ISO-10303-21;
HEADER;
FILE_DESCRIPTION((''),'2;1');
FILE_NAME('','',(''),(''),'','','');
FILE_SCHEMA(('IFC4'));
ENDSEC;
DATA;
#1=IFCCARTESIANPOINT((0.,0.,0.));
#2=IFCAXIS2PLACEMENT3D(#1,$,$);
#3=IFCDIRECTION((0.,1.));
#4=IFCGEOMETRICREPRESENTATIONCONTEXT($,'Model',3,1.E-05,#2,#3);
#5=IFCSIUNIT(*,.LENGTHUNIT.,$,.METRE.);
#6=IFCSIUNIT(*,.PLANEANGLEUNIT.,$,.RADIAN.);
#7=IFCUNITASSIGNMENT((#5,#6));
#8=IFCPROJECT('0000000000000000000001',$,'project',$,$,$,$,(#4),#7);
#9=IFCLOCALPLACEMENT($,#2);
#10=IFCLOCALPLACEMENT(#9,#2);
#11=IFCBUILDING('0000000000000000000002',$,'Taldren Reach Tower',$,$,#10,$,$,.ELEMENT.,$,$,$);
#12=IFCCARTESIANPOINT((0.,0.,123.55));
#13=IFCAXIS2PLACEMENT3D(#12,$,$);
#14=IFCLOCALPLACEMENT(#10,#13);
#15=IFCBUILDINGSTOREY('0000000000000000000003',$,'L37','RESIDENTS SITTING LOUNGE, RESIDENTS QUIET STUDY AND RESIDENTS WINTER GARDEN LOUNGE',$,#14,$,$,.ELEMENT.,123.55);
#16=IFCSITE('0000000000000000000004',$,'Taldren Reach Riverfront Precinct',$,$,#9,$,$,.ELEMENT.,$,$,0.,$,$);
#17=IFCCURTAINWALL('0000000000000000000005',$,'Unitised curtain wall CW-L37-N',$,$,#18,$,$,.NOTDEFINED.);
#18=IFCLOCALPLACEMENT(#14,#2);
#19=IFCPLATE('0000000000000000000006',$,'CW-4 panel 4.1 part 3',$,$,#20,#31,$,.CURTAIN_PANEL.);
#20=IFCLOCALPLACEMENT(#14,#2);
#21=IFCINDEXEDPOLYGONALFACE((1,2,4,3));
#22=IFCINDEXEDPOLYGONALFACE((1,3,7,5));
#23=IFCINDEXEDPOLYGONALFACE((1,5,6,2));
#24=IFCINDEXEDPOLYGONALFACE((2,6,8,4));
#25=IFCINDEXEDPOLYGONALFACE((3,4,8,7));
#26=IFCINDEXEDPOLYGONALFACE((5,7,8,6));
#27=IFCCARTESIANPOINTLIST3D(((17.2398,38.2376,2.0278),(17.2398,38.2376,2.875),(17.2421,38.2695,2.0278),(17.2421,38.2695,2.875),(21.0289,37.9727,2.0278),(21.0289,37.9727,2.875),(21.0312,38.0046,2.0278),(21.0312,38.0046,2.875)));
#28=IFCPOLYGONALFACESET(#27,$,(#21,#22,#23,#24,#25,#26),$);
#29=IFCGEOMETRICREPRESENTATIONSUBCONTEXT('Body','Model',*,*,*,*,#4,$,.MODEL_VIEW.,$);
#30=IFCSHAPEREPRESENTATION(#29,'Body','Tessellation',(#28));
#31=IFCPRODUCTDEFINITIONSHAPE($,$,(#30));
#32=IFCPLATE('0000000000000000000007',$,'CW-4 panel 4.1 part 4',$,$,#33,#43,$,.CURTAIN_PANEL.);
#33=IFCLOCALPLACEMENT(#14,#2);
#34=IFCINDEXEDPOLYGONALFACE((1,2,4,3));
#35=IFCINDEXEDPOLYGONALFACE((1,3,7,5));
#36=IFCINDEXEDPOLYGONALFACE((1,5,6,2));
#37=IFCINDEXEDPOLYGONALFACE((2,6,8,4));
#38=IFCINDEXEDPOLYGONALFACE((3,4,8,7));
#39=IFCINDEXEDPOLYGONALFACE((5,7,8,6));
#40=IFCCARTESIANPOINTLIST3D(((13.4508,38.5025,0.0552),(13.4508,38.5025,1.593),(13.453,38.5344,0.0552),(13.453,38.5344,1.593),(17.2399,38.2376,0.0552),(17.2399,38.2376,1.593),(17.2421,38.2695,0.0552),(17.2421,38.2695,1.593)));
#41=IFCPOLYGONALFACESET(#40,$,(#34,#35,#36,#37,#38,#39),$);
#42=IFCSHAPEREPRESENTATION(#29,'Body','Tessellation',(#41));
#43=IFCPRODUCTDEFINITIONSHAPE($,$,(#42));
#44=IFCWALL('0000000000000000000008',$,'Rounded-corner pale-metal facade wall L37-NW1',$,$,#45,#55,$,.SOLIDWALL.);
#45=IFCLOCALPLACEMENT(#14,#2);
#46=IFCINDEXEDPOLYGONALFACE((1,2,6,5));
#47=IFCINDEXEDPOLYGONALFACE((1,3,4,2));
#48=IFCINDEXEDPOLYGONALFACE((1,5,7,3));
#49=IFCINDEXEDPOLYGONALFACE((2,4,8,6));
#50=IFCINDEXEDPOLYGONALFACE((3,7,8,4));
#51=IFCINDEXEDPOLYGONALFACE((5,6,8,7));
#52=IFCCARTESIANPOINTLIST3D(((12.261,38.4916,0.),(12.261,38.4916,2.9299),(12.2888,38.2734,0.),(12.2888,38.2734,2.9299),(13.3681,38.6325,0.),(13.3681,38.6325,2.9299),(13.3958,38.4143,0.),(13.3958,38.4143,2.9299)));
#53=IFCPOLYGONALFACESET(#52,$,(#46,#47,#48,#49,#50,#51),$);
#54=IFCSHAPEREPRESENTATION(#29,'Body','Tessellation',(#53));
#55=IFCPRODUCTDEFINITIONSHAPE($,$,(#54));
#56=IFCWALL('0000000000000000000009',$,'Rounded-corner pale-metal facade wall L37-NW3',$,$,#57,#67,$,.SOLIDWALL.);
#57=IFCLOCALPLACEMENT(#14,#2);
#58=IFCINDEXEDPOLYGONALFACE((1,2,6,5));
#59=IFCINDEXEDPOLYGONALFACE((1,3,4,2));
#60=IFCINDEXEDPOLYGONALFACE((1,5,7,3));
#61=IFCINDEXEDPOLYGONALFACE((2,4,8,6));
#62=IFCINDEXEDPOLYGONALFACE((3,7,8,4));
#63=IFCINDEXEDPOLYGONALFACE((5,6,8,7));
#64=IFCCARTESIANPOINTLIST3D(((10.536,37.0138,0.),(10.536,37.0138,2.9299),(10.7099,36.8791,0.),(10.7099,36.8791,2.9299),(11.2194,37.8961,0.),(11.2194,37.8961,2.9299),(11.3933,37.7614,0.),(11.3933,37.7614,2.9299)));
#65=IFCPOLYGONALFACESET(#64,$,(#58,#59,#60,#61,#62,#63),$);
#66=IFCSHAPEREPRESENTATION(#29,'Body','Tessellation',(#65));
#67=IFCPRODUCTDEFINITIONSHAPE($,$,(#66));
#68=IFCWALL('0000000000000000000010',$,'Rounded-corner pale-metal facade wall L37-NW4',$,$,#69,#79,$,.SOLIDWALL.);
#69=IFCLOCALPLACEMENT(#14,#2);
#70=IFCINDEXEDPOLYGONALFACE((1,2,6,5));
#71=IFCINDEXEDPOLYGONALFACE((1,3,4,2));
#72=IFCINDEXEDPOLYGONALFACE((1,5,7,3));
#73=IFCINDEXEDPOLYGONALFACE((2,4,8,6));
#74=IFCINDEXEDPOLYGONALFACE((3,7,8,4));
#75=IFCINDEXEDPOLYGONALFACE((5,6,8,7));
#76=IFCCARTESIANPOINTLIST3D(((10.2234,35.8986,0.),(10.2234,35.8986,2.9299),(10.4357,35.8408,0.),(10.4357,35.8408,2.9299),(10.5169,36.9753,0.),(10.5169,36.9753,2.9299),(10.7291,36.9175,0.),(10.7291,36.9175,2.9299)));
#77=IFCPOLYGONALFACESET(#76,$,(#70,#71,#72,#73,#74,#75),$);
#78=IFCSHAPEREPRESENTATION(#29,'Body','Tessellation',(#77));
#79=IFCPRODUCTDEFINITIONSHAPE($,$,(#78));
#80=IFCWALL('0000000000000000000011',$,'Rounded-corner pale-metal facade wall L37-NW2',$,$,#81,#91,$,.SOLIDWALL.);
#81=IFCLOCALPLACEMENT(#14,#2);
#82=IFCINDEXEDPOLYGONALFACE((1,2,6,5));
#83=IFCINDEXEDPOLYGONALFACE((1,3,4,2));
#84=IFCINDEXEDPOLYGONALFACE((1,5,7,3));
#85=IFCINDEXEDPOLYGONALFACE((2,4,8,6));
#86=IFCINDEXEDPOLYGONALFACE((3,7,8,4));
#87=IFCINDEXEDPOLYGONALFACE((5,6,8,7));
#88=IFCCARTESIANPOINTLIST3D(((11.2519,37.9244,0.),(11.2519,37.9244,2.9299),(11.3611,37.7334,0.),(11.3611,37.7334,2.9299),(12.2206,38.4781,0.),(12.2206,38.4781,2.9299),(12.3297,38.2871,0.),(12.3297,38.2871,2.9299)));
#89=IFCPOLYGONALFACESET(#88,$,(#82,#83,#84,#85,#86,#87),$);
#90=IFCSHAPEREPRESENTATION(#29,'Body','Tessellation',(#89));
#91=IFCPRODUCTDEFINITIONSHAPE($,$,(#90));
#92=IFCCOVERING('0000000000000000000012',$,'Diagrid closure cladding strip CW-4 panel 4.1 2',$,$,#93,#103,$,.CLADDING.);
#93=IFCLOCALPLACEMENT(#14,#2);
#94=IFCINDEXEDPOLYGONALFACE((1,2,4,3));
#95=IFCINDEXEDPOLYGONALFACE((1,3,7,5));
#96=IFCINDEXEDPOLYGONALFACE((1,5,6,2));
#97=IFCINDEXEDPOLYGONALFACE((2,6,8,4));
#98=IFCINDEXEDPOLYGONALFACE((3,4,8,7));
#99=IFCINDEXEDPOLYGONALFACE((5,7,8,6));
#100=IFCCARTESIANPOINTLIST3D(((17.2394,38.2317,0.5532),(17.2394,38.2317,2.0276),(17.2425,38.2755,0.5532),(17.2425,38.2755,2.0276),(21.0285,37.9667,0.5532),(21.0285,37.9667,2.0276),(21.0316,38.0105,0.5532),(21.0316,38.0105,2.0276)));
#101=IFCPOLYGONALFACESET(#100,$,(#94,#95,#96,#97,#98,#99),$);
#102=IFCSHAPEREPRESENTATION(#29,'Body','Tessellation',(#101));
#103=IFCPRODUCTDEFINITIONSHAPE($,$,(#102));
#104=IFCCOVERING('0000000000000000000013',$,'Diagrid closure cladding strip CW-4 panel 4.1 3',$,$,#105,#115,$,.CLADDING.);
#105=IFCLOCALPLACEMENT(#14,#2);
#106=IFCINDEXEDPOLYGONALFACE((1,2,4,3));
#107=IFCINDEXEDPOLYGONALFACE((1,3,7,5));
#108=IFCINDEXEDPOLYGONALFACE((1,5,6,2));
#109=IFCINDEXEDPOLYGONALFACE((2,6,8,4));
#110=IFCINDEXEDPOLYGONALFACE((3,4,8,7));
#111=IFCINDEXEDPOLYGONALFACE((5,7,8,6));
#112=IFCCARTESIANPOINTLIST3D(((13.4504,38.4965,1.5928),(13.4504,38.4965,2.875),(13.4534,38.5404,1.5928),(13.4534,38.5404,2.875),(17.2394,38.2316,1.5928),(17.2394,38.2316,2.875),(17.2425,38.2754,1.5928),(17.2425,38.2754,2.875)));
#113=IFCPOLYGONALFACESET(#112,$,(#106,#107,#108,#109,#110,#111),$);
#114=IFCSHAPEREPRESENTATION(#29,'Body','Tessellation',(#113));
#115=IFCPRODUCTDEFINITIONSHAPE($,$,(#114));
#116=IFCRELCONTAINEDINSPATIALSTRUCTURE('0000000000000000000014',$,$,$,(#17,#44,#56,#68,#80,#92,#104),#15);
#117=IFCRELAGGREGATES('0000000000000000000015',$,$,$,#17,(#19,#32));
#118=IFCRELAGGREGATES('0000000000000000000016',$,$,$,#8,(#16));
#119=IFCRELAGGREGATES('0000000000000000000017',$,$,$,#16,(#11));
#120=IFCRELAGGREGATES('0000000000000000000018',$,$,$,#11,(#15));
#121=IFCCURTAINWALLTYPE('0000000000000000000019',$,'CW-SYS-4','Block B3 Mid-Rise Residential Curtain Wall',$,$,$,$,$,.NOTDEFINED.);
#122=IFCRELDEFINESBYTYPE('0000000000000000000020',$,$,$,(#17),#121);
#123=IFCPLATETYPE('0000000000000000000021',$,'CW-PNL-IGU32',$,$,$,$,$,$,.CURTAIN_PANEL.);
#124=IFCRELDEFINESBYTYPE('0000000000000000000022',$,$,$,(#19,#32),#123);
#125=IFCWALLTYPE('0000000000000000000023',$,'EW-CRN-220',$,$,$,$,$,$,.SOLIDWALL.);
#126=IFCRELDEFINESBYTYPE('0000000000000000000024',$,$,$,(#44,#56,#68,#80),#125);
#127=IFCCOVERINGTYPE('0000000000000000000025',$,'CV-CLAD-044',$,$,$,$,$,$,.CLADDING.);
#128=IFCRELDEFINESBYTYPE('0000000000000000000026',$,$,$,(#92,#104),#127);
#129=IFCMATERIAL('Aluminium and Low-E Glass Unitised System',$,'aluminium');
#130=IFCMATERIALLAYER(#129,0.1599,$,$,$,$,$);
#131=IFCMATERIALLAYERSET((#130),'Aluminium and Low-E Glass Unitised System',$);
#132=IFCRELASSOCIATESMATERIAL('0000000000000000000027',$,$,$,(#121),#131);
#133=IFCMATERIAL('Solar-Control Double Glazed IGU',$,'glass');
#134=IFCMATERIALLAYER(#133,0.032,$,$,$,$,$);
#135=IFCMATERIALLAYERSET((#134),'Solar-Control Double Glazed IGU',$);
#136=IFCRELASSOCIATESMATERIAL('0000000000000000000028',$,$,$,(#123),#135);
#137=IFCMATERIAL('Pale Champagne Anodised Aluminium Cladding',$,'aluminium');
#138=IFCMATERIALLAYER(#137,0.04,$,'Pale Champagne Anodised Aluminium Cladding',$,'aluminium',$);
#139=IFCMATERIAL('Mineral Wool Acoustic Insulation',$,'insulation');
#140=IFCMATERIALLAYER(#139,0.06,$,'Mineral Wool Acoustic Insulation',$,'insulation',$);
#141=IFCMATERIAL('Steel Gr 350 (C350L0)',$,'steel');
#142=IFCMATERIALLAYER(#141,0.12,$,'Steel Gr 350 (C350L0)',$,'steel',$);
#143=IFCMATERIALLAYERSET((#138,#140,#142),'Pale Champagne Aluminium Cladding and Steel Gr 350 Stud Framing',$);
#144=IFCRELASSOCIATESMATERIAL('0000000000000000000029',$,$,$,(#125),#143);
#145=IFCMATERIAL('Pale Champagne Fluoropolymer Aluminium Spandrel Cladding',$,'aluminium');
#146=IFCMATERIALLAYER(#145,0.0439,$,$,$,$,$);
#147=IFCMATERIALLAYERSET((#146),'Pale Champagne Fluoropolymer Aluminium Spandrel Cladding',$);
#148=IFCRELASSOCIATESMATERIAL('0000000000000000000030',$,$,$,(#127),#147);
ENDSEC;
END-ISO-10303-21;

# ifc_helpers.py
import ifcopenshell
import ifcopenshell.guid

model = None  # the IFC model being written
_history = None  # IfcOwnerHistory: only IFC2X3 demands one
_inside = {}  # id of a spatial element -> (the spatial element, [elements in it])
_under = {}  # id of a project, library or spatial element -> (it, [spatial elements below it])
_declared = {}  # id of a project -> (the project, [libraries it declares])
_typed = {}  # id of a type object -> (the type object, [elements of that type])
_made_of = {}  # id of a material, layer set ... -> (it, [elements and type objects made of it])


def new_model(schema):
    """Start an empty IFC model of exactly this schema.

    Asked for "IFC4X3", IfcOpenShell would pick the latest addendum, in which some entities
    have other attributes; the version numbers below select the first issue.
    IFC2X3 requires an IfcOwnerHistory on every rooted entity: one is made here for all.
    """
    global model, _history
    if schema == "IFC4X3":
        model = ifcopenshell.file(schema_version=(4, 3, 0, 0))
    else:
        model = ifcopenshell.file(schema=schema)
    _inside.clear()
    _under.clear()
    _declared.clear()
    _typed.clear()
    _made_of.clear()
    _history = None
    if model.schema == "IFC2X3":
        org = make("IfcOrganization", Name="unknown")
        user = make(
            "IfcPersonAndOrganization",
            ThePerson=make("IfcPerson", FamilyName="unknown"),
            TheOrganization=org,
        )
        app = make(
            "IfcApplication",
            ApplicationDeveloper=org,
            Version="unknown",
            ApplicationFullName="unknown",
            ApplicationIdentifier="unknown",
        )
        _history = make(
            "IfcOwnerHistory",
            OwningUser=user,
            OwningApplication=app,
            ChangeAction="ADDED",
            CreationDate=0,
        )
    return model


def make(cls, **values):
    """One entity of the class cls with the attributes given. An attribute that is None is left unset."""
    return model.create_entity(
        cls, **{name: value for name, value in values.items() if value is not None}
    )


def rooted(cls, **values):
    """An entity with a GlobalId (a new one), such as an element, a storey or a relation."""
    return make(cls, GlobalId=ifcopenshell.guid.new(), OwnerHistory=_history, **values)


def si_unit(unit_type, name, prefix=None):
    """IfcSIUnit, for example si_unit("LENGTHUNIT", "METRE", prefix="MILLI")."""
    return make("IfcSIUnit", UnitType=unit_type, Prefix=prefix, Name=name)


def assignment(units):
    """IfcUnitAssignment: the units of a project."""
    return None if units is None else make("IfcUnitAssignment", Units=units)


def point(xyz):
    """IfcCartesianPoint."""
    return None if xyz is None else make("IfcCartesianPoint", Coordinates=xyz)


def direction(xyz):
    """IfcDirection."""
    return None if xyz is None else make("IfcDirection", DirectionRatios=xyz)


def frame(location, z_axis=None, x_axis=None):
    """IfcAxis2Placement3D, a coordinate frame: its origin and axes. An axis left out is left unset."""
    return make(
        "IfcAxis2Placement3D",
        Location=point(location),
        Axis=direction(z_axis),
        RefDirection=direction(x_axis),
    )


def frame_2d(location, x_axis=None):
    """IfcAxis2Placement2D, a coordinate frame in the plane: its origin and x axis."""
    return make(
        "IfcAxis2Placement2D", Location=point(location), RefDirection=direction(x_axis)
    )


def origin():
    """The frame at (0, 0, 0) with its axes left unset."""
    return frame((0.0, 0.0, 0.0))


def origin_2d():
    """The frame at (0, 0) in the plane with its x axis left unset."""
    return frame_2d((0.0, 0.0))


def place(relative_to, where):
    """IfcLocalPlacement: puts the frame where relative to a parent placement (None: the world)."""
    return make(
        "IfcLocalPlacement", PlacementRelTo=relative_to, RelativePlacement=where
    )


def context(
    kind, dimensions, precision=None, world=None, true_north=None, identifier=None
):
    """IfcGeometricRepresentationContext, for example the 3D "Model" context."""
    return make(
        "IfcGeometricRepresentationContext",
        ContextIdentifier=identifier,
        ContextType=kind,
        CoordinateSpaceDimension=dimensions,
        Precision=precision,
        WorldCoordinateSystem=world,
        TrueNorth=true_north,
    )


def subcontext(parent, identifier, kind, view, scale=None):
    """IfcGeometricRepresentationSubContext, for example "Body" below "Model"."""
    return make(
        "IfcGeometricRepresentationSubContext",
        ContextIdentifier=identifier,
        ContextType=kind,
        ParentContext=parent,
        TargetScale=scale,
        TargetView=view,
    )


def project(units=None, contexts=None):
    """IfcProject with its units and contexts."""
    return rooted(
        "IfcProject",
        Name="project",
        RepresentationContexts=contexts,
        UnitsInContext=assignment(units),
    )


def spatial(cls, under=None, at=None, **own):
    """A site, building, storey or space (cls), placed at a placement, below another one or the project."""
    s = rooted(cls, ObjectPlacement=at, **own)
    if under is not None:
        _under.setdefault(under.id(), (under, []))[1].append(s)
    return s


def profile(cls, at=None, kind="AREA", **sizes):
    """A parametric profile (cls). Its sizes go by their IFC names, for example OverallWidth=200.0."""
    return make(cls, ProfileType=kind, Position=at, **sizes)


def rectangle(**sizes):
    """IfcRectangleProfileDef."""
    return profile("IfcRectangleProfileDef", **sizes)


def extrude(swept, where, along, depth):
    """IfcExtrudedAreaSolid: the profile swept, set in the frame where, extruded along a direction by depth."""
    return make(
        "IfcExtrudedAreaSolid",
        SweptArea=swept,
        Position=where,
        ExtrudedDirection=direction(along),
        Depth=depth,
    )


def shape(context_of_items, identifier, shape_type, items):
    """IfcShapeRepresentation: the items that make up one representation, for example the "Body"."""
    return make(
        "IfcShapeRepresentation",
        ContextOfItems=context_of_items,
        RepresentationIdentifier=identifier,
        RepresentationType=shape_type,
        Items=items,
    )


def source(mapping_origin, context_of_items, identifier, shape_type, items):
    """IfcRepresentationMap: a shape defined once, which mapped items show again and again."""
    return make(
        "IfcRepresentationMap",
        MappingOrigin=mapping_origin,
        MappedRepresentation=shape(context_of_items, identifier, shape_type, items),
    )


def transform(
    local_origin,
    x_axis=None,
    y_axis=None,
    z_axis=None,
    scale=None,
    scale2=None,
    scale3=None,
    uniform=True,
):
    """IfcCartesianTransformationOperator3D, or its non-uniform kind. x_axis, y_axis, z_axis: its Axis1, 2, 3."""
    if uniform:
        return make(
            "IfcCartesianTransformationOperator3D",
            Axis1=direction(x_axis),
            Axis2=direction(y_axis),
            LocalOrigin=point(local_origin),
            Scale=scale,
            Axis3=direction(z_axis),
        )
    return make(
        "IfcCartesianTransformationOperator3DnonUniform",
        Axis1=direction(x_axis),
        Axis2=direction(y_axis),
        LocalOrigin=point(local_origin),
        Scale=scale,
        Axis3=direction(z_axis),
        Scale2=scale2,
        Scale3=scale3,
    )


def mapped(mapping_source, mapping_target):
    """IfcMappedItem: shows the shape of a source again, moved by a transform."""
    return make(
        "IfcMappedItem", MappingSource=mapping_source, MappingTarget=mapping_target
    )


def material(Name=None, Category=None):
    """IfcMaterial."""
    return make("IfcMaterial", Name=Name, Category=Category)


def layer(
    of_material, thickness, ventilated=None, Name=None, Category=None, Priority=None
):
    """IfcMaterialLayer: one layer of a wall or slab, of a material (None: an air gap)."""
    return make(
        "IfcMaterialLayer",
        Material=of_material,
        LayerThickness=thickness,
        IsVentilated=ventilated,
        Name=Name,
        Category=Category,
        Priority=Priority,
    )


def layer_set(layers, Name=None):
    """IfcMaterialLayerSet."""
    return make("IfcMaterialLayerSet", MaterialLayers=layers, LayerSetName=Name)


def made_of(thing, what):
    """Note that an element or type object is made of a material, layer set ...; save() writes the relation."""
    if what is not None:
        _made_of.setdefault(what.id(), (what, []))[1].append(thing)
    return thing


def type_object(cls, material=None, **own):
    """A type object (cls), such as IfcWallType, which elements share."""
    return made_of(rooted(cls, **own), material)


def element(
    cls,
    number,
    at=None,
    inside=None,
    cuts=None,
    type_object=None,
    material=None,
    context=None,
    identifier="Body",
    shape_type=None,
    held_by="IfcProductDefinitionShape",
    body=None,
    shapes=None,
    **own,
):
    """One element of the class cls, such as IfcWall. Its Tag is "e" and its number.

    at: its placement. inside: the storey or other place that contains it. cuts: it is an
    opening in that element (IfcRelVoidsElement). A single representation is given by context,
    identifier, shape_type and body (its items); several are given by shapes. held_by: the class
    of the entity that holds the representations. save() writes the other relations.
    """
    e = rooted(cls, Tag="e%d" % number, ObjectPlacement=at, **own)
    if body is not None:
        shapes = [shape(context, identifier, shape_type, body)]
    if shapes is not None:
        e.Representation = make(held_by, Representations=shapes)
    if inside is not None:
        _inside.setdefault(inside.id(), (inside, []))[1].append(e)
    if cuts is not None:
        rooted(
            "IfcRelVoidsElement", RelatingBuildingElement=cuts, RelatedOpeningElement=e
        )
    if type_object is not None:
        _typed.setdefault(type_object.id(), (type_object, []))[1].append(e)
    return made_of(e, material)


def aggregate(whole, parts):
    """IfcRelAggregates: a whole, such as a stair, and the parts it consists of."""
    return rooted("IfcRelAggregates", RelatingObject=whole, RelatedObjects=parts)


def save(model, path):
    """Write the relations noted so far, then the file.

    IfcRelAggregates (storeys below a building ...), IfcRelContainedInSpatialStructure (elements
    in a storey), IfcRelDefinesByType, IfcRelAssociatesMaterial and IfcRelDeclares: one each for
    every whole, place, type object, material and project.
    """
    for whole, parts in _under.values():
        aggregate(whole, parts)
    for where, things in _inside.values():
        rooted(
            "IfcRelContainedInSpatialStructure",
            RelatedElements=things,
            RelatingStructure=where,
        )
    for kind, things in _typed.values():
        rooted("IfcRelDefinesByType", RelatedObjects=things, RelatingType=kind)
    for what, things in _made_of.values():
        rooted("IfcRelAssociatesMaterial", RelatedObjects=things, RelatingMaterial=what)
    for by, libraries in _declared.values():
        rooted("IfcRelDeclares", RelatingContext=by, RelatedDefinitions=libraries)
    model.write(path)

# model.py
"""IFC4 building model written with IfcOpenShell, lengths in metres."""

from ifc_helpers import new_model, si_unit, direction, frame, frame_2d, origin, origin_2d, place, context, subcontext, project, spatial, rectangle, extrude, source, transform, mapped, material, layer, layer_set, type_object, element, aggregate, save


model = new_model("IFC4")

# Units and contexts
model_context = context("Model", 3, precision=1e-05, world=origin(), true_north=direction((0.0, 1.0)))
body_context = subcontext(model_context, "Body", "Model", "MODEL_VIEW")
ifc_project = project(units=[si_unit("LENGTHUNIT", "METRE"), si_unit("PLANEANGLEUNIT", "RADIAN")], contexts=[model_context])

# Site, building, storey
site_placement = place(None, origin())
site = spatial("IfcSite", under=ifc_project, at=site_placement, Name="Taldren Reach Riverfront Precinct", CompositionType="ELEMENT", RefElevation=0.0)
building_placement = place(site_placement, origin())
building = spatial("IfcBuilding", under=site, at=building_placement, Name="Taldren Reach Tower", CompositionType="ELEMENT")
storey_placement = place(building_placement, frame((0.0, 0.0, 123.55)))
storey = spatial("IfcBuildingStorey", under=building, at=storey_placement, Name="L37", Description="RESIDENTS SITTING LOUNGE, RESIDENTS QUIET STUDY AND RESIDENTS WINTER GARDEN LOUNGE", CompositionType="ELEMENT", Elevation=123.55)

# Shared definitions
ifc_material_1 = material(Name="Steel Gr 350 (C350L0)", Category="steel")

# Shared definitions
ifc_material_2 = material(Name="Aluminium and Low-E Glass Unitised System", Category="aluminium")
ifc_layer_1 = layer(ifc_material_2, 0.1599)
ifc_layer_set_1 = layer_set([ifc_layer_1], Name="Aluminium and Low-E Glass Unitised System")
curtain_wall_type = type_object("IfcCurtainWallType", Name="CW-SYS-4", Description="Block B3 Mid-Rise Residential Curtain Wall", PredefinedType="NOTDEFINED", material=ifc_layer_set_1)

# Curtain wall
curtain_wall_1_placement = place(storey_placement, origin())
curtain_wall_1 = element("IfcCurtainWall", 1, at=curtain_wall_1_placement, inside=storey, type_object=curtain_wall_type, Name="Unitised curtain wall CW-L37-N", PredefinedType="NOTDEFINED")

# Plates
ifc_material_3 = material(Name="Solar-Control Double Glazed IGU", Category="glass")
ifc_layer_2 = layer(ifc_material_3, 0.032)
ifc_layer_set_2 = layer_set([ifc_layer_2], Name="Solar-Control Double Glazed IGU")
plate_type_1 = type_object("IfcPlateType", Name="CW-PNL-IGU32", PredefinedType="CURTAIN_PANEL", material=ifc_layer_set_2)
shared_shape_1 = source(origin(), body_context, "Body", "SweptSolid", [
    extrude(rectangle(XDim=3.7983, YDim=0.032, at=origin_2d()), origin(), (0.0, 0.0, 1.0), 0.8472),
])
plate_1_placement = place(storey_placement, frame((19.1355, 38.1211, 2.0278), z_axis=(0.0, 0.0, 1.0), x_axis=(-0.997564, 0.069757, 0.0)))
plate_1 = element("IfcPlate", 2, at=plate_1_placement, type_object=plate_type_1, Name="CW-4 panel 4.1 part 3", PredefinedType="CURTAIN_PANEL", context=body_context, shape_type="MappedRepresentation", body=[
    mapped(shared_shape_1, transform((0.0, 0.0, 0.0), scale=1.0)),
])
shared_shape_2 = source(origin(), body_context, "Body", "SweptSolid", [
    extrude(rectangle(XDim=3.7983, YDim=0.032, at=origin_2d()), origin(), (0.0, 0.0, 1.0), 1.5378),
])
plate_2_placement = place(storey_placement, frame((15.3464, 38.386, 0.0552), z_axis=(0.0, 0.0, 1.0), x_axis=(-0.997564, 0.069757, 0.0)))
plate_2 = element("IfcPlate", 3, at=plate_2_placement, type_object=plate_type_1, Name="CW-4 panel 4.1 part 4", PredefinedType="CURTAIN_PANEL", context=body_context, shape_type="MappedRepresentation", body=[
    mapped(shared_shape_2, transform((0.0, 0.0, 0.0), scale=1.0)),
])
aggregate(curtain_wall_1, [plate_1, plate_2])

# Walls
ifc_material_4 = material(Name="Pale Champagne Anodised Aluminium Cladding", Category="aluminium")
ifc_layer_3 = layer(ifc_material_4, 0.04, Name="Pale Champagne Anodised Aluminium Cladding", Category="aluminium")
ifc_material_5 = material(Name="Mineral Wool Acoustic Insulation", Category="insulation")
ifc_layer_4 = layer(ifc_material_5, 0.06, Name="Mineral Wool Acoustic Insulation", Category="insulation")
ifc_layer_5 = layer(ifc_material_1, 0.12, Name="Steel Gr 350 (C350L0)", Category="steel")
ifc_layer_set_3 = layer_set([ifc_layer_3, ifc_layer_4, ifc_layer_5], Name="Pale Champagne Aluminium Cladding and Steel Gr 350 Stud Framing")
wall_type = type_object("IfcWallType", Name="EW-CRN-220", PredefinedType="SOLIDWALL", material=ifc_layer_set_3)
shared_shape_3 = source(origin(), body_context, "Body", "SweptSolid", [
    extrude(rectangle(XDim=1.116, YDim=0.22, at=frame_2d((0.5581, 0.0))), origin(), (0.0, 0.0, 1.0), 2.9299),
])
for number, where, z_axis, x_axis, name in (
    (4, (13.3821, 38.5234, 0.0), (0.0, 0.0, 1.0), (-0.991999, -0.126243, 0.0), "Rounded-corner pale-metal facade wall L37-NW1"),
    (5, (11.3064, 37.8289, 0.0), (0.0, 0.0, 1.0), (-0.612319, -0.790611, 0.0), "Rounded-corner pale-metal facade wall L37-NW3"),
    (6, (10.623, 36.9465, 0.0), (0.0, 0.0, 1.0), (-0.262969, -0.964804, 0.0), "Rounded-corner pale-metal facade wall L37-NW4"),
):
    element("IfcWall", number, at=place(storey_placement, frame(where, z_axis=z_axis, x_axis=x_axis)), inside=storey, type_object=wall_type, Name=name, PredefinedType="SOLIDWALL", context=body_context, shape_type="MappedRepresentation", body=[
        mapped(shared_shape_3, transform((0.0, 0.0, 0.0), scale=1.0)),
    ])
shared_shape_4 = source(origin(), body_context, "Body", "SweptSolid", [
    extrude(rectangle(XDim=1.1157, YDim=0.22, at=frame_2d((0.5579, 0.0))), origin(), (0.0, 0.0, 1.0), 2.9299),
])
wall_placement = place(storey_placement, frame((12.2751, 38.3826, 0.0), z_axis=(0.0, 0.0, 1.0), x_axis=(-0.868189, -0.496233, 0.0)))
element("IfcWall", 7, at=wall_placement, inside=storey, type_object=wall_type, Name="Rounded-corner pale-metal facade wall L37-NW2", PredefinedType="SOLIDWALL", context=body_context, shape_type="MappedRepresentation", body=[
    mapped(shared_shape_4, transform((0.0, 0.0, 0.0), scale=1.0)),
])

# Coverings
ifc_material_6 = material(Name="Pale Champagne Fluoropolymer Aluminium Spandrel Cladding", Category="aluminium")
ifc_layer_6 = layer(ifc_material_6, 0.0439)
ifc_layer_set_4 = layer_set([ifc_layer_6], Name="Pale Champagne Fluoropolymer Aluminium Spandrel Cladding")
covering_type = type_object("IfcCoveringType", Name="CV-CLAD-044", PredefinedType="CLADDING", material=ifc_layer_set_4)
shared_shape_5 = source(origin(), body_context, "Body", "SweptSolid", [
    extrude(rectangle(XDim=3.7983, YDim=0.0439, at=origin_2d()), origin(), (0.0, 0.0, 1.0), 1.4744),
])
covering_1_placement = place(storey_placement, frame((19.1355, 38.1211, 0.5532), z_axis=(0.0, 0.0, 1.0), x_axis=(-0.997564, 0.069757, 0.0)))
element("IfcCovering", 8, at=covering_1_placement, inside=storey, type_object=covering_type, Name="Diagrid closure cladding strip CW-4 panel 4.1 2", PredefinedType="CLADDING", context=body_context, shape_type="MappedRepresentation", body=[
    mapped(shared_shape_5, transform((0.0, 0.0, 0.0), scale=1.0)),
])
shared_shape_6 = source(origin(), body_context, "Body", "SweptSolid", [
    extrude(rectangle(XDim=3.7983, YDim=0.0439, at=origin_2d()), origin(), (0.0, 0.0, 1.0), 1.2822),
])
covering_2_placement = place(storey_placement, frame((15.3464, 38.386, 1.5928), z_axis=(0.0, 0.0, 1.0), x_axis=(-0.997564, 0.069757, 0.0)))
element("IfcCovering", 9, at=covering_2_placement, inside=storey, type_object=covering_type, Name="Diagrid closure cladding strip CW-4 panel 4.1 3", PredefinedType="CLADDING", context=body_context, shape_type="MappedRepresentation", body=[
    mapped(shared_shape_6, transform((0.0, 0.0, 0.0), scale=1.0)),
])

save(model, "model.ifc")
